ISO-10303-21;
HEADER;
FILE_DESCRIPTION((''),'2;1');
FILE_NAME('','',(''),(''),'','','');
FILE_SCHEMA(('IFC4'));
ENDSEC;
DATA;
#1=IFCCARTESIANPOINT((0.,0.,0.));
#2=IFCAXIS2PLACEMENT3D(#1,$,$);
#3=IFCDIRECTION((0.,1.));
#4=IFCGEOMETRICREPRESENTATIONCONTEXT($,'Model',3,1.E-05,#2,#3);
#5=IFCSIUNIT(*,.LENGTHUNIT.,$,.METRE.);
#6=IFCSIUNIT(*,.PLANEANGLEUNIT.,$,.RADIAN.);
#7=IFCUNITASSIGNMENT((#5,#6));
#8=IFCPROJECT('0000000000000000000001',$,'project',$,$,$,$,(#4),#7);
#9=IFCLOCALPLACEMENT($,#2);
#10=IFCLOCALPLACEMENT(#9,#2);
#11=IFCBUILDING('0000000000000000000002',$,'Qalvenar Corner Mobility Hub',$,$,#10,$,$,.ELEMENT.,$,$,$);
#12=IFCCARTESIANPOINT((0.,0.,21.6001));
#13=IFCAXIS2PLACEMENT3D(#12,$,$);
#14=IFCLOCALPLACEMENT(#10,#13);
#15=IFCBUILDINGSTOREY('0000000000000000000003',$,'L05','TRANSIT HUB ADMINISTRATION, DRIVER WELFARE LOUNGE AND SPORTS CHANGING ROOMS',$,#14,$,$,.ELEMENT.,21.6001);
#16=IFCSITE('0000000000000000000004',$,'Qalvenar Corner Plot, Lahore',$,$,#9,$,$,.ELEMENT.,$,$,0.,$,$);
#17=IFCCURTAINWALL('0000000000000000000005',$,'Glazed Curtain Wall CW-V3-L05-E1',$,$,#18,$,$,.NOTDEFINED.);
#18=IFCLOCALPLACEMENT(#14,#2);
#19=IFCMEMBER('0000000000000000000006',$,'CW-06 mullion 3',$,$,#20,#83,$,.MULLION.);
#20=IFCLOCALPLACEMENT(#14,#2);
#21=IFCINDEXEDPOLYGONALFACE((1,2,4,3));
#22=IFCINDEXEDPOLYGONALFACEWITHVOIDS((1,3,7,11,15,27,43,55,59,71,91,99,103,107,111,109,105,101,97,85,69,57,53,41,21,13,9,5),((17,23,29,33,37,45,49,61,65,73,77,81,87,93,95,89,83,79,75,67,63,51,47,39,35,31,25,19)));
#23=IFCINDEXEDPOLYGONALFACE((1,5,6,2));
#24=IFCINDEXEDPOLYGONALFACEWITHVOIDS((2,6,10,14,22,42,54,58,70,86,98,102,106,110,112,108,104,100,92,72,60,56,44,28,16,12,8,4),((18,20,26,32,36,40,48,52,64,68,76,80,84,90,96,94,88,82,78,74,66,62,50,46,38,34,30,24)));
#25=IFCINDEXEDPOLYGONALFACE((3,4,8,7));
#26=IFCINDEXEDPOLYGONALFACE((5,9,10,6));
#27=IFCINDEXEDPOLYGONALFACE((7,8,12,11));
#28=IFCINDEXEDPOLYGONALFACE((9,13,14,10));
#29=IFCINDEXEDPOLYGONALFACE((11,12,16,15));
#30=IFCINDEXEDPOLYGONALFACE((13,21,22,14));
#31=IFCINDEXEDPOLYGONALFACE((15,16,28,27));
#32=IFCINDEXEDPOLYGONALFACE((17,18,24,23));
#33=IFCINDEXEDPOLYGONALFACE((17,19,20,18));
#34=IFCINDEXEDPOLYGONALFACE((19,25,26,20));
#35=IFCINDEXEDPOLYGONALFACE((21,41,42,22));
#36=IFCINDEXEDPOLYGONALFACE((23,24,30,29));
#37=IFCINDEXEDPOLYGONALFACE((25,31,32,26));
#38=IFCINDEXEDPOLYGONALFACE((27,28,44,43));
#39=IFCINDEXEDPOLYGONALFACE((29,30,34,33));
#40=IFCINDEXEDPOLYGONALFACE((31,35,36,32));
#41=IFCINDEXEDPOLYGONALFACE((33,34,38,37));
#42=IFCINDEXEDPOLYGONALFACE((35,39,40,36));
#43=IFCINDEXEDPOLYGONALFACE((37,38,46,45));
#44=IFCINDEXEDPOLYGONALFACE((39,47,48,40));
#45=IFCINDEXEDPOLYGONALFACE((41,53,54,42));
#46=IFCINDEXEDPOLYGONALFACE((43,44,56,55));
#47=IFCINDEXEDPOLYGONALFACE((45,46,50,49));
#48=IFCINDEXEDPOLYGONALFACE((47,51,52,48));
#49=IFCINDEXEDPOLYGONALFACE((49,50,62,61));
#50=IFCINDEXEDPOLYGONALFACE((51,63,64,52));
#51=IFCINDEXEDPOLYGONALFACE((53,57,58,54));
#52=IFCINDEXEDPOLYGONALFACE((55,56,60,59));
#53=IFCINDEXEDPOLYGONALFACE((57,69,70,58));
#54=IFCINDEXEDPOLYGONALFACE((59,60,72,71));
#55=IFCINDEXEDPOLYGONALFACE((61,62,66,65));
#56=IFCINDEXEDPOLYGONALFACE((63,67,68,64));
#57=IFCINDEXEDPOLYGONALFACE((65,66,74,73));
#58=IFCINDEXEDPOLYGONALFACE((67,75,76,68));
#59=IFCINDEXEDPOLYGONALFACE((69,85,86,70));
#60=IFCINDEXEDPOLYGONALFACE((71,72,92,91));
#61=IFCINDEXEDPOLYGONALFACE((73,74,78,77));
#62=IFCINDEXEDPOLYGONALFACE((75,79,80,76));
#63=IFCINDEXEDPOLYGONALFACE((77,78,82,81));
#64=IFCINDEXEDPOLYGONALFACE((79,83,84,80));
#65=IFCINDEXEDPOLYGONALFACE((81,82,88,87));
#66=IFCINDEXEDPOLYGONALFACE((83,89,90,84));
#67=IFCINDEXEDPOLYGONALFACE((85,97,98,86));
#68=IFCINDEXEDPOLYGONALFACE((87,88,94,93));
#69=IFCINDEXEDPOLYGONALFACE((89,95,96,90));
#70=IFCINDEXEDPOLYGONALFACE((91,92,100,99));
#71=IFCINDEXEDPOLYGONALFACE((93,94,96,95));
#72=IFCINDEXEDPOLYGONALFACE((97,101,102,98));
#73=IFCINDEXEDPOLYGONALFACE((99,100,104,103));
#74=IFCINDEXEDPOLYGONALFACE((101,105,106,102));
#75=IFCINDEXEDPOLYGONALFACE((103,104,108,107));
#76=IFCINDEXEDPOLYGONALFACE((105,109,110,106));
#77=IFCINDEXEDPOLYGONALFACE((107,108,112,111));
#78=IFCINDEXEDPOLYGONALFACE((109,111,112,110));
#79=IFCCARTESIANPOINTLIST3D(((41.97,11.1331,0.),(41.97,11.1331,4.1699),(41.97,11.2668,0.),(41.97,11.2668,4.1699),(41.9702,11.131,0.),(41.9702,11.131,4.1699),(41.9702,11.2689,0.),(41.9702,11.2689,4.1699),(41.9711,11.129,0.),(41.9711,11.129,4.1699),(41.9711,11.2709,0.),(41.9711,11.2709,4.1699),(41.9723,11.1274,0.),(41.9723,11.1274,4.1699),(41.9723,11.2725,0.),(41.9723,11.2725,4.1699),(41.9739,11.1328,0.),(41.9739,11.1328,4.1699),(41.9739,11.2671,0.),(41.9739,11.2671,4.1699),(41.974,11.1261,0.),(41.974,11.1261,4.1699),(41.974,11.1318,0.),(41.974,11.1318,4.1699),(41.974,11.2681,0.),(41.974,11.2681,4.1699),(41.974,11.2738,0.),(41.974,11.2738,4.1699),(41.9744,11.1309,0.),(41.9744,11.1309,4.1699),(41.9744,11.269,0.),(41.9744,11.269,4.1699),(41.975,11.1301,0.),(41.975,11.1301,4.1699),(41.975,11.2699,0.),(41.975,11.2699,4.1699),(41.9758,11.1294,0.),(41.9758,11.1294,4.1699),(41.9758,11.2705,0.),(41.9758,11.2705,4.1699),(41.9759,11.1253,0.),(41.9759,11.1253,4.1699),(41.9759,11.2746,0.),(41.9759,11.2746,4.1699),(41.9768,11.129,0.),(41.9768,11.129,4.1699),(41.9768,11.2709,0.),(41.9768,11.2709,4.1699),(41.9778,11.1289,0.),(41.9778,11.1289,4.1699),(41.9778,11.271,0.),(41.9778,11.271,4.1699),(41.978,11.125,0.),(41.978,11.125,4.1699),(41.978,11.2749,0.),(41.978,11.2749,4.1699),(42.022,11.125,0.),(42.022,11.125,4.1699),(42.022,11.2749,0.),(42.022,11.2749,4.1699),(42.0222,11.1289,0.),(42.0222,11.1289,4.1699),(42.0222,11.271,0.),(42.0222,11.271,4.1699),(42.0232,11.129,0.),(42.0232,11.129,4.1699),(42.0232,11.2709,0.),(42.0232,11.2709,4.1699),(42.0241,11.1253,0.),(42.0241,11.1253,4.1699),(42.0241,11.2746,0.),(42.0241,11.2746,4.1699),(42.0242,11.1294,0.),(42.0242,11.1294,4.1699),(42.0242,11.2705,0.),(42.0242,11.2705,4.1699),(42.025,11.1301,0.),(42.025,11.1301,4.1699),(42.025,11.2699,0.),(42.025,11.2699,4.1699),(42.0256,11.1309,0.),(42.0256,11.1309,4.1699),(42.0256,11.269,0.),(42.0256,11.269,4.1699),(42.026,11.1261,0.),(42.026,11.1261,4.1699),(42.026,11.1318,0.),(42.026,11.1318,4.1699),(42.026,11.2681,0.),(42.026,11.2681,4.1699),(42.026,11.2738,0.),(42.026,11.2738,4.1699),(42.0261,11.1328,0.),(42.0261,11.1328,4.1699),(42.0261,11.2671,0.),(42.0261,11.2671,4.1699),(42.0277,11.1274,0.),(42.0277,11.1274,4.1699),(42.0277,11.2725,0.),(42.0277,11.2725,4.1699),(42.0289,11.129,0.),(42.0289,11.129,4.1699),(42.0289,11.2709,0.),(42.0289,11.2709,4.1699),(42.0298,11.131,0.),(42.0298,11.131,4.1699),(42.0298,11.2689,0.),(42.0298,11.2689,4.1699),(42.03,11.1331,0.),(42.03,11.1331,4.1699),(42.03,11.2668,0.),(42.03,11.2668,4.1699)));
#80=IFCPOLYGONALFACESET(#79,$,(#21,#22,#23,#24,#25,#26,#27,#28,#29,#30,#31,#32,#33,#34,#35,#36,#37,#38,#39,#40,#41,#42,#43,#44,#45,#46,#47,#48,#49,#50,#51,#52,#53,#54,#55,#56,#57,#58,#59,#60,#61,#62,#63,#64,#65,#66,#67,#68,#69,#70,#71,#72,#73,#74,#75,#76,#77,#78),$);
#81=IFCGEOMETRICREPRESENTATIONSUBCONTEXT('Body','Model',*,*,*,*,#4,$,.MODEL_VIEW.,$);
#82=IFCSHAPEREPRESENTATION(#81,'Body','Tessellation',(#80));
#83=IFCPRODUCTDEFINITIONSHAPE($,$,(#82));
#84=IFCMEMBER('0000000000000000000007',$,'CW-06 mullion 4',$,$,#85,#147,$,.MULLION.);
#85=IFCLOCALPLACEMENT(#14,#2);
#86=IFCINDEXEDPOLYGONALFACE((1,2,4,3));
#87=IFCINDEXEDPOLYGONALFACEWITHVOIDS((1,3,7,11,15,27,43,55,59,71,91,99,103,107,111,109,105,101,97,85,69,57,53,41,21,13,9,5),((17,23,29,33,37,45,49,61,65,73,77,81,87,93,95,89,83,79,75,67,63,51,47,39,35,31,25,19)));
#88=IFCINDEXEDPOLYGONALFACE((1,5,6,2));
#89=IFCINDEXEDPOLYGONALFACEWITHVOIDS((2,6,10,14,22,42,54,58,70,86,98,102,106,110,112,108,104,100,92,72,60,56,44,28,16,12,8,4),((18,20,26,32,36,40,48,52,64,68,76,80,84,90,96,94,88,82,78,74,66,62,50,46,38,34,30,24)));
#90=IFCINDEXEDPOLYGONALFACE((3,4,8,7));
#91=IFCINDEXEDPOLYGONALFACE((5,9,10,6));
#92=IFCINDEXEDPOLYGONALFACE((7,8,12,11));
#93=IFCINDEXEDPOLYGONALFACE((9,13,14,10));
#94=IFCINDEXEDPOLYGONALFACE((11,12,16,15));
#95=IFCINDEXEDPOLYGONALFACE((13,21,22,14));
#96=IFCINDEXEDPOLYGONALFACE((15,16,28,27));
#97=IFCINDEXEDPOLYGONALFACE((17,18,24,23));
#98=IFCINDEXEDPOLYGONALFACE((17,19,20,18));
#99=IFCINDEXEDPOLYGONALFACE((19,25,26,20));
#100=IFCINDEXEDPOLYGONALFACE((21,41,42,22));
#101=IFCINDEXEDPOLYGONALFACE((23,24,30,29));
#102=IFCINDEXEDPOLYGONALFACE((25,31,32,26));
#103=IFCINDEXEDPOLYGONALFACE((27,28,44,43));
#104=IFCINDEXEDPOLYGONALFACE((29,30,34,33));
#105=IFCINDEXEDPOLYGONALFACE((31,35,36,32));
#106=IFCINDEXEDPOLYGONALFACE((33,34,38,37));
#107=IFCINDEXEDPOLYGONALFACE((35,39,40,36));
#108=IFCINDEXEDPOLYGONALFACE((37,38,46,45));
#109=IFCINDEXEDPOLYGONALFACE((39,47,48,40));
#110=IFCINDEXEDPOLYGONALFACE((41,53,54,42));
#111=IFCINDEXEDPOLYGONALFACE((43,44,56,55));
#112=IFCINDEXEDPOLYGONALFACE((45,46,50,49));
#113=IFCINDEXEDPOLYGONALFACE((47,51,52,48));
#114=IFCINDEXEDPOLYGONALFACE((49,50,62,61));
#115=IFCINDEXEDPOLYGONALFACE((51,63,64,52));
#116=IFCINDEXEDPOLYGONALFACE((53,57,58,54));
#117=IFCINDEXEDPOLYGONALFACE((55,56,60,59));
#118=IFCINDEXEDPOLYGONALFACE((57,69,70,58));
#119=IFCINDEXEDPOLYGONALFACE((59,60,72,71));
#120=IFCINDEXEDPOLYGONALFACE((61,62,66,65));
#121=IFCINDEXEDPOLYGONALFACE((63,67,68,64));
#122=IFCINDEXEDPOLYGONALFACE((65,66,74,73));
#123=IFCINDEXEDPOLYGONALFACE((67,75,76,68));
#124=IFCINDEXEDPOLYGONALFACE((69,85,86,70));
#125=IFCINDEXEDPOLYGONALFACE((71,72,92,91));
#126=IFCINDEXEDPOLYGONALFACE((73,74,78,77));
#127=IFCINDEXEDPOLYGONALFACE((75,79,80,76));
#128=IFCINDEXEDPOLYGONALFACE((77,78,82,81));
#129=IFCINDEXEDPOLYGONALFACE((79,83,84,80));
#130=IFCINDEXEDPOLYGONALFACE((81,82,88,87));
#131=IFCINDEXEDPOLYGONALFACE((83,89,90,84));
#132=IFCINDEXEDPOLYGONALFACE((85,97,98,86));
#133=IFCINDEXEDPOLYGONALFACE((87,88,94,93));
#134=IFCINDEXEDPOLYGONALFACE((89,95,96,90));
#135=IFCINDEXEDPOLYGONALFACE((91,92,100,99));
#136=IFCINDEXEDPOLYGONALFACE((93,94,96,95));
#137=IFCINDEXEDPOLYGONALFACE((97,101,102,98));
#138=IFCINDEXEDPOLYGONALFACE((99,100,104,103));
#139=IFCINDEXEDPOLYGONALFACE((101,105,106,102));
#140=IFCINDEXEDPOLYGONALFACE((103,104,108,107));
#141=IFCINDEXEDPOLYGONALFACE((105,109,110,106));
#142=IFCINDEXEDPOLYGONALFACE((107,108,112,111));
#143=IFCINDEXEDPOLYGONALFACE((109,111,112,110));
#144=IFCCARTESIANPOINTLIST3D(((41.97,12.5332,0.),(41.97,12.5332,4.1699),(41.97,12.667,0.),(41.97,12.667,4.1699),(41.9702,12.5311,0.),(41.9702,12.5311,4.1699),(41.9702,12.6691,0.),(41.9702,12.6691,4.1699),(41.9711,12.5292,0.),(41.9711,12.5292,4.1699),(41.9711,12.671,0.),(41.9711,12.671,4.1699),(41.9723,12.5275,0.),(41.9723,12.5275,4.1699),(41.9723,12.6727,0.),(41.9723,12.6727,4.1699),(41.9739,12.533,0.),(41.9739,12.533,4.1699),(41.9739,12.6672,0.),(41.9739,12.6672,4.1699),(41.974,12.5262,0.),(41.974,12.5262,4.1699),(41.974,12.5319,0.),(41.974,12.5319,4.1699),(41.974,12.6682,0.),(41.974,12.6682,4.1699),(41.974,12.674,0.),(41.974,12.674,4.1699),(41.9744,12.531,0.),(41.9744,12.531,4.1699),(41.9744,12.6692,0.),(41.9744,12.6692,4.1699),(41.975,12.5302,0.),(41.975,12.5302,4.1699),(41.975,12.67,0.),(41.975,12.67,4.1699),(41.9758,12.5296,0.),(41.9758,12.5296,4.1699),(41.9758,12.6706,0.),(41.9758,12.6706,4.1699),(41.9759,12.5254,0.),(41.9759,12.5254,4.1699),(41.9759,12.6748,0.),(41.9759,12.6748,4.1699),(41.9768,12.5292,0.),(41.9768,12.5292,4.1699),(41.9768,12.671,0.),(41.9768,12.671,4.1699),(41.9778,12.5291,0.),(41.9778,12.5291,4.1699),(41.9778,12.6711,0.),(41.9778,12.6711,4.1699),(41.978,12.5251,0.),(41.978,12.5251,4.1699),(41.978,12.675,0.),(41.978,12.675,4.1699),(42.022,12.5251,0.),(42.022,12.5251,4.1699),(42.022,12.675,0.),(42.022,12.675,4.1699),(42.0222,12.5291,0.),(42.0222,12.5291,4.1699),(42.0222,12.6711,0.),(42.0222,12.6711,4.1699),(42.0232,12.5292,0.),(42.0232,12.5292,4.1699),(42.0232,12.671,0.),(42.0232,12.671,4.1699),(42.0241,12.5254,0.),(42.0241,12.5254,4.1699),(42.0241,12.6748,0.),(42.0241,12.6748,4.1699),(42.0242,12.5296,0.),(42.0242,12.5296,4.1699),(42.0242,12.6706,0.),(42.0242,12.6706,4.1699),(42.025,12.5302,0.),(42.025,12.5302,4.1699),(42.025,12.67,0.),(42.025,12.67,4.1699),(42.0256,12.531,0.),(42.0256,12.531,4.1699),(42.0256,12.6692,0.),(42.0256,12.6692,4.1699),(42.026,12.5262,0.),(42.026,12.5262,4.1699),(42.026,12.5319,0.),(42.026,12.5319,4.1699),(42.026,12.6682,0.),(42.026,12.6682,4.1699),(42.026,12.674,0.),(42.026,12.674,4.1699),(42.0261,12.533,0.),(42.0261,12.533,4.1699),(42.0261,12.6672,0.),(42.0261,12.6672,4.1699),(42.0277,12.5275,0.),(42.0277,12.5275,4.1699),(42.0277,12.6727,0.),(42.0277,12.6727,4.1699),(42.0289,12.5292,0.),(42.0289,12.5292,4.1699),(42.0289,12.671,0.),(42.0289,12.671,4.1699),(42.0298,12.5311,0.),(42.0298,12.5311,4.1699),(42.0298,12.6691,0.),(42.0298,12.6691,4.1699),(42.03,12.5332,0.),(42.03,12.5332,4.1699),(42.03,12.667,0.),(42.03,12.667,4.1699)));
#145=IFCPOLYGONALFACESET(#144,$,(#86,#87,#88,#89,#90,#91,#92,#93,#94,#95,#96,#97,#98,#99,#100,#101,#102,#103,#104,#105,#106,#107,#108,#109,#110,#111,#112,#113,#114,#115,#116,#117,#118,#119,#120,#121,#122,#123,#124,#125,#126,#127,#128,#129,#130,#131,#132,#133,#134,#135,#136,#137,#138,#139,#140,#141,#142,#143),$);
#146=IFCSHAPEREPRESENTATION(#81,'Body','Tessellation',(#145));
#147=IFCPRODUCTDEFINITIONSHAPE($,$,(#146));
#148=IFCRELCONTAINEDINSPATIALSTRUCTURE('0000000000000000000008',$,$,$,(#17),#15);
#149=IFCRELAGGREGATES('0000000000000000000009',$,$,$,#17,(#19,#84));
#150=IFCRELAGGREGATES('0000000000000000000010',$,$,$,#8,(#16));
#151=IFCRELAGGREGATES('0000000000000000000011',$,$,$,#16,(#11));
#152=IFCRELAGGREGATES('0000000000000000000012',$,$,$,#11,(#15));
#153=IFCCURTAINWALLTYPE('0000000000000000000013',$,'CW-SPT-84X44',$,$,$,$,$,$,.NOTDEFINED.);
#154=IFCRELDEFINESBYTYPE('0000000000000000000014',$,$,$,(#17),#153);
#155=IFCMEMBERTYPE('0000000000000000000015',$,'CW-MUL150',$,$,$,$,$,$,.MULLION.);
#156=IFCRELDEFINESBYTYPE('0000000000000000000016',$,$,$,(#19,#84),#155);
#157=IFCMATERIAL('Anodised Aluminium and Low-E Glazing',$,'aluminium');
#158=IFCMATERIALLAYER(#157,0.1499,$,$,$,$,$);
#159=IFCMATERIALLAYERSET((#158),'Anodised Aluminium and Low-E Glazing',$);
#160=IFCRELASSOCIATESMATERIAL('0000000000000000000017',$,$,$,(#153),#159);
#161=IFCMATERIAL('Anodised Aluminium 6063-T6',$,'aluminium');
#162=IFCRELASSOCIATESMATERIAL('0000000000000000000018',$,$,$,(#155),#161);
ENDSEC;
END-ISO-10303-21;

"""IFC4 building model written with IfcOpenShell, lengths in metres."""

from ifc_helpers import new_model, si_unit, direction, frame, origin, origin_2d, place, context, subcontext, project, spatial, hollow_rectangle, extrude, material, layer, layer_set, material_profile, profile_set, type_object, element, aggregate, save


model = new_model("IFC4")

# Units and contexts
model_context = context("Model", 3, precision=1e-05, world=origin(), true_north=direction((0.0, 1.0)))
body_context = subcontext(model_context, "Body", "Model", "MODEL_VIEW")
ifc_project = project(units=[si_unit("LENGTHUNIT", "METRE"), si_unit("PLANEANGLEUNIT", "RADIAN")], contexts=[model_context])

# Site, building, storey
site_placement = place(None, origin())
site = spatial("IfcSite", under=ifc_project, at=site_placement, Name="Qalvenar Corner Plot, Lahore", CompositionType="ELEMENT", RefElevation=0.0)
building_placement = place(site_placement, origin())
building = spatial("IfcBuilding", under=site, at=building_placement, Name="Qalvenar Corner Mobility Hub", CompositionType="ELEMENT")
storey_placement = place(building_placement, frame((0.0, 0.0, 21.6001)))
storey = spatial("IfcBuildingStorey", under=building, at=storey_placement, Name="L05", Description="TRANSIT HUB ADMINISTRATION, DRIVER WELFARE LOUNGE AND SPORTS CHANGING ROOMS", CompositionType="ELEMENT", Elevation=21.6001)

# Curtain wall, members
ifc_material_1 = material(Name="Anodised Aluminium and Low-E Glazing", Category="aluminium")
ifc_layer_1 = layer(ifc_material_1, 0.1499)
ifc_layer_set_1 = layer_set([ifc_layer_1], Name="Anodised Aluminium and Low-E Glazing")
curtain_wall_type = type_object("IfcCurtainWallType", Name="CW-SPT-84X44", PredefinedType="NOTDEFINED", material=ifc_layer_set_1)
curtain_wall_placement = place(storey_placement, origin())
curtain_wall = element("IfcCurtainWall", 1, at=curtain_wall_placement, inside=storey, type_object=curtain_wall_type, Name="Glazed Curtain Wall CW-V3-L05-E1", PredefinedType="NOTDEFINED")
ifc_material_2 = material(Name="Anodised Aluminium 6063-T6", Category="aluminium")
ifc_material_profile_1 = material_profile(ifc_material_2, hollow_rectangle(XDim=0.0601, YDim=0.1499, WallThickness=0.0039, InnerFilletRadius=0.0039, OuterFilletRadius=0.0081, at=origin_2d()), Name="RHS150x60x4")
ifc_profile_set_1 = profile_set([ifc_material_profile_1], Name="Anodised Aluminium 6063-T6")
member_type_1 = type_object("IfcMemberType", Name="CW-MUL150", PredefinedType="MULLION", material=ifc_profile_set_1)
member_1_placement = place(storey_placement, frame((42.0, 11.2, 0.0), z_axis=(0.0, 0.0, 1.0), x_axis=(-1.0, 0.0, 0.0)))
member_1 = element("IfcMember", 2, at=member_1_placement, type_object=member_type_1, Name="CW-06 mullion 3", PredefinedType="MULLION", context=body_context, shape_type="SweptSolid", body=[
    extrude(hollow_rectangle(XDim=0.0601, YDim=0.1499, WallThickness=0.0039, InnerFilletRadius=0.0039, OuterFilletRadius=0.0081, at=origin_2d()), origin(), (0.0, 0.0, 1.0), 4.1699),
])
member_2_placement = place(storey_placement, frame((42.0, 12.6001, 0.0), z_axis=(0.0, 0.0, 1.0), x_axis=(-1.0, 0.0, 0.0)))
member_2 = element("IfcMember", 3, at=member_2_placement, type_object=member_type_1, Name="CW-06 mullion 4", PredefinedType="MULLION", context=body_context, shape_type="SweptSolid", body=[
    extrude(hollow_rectangle(XDim=0.0601, YDim=0.1499, WallThickness=0.0039, InnerFilletRadius=0.0039, OuterFilletRadius=0.0081, at=origin_2d()), origin(), (0.0, 0.0, 1.0), 4.1699),
])
aggregate(curtain_wall, [member_1, member_2])

save(model, "model.ifc")
